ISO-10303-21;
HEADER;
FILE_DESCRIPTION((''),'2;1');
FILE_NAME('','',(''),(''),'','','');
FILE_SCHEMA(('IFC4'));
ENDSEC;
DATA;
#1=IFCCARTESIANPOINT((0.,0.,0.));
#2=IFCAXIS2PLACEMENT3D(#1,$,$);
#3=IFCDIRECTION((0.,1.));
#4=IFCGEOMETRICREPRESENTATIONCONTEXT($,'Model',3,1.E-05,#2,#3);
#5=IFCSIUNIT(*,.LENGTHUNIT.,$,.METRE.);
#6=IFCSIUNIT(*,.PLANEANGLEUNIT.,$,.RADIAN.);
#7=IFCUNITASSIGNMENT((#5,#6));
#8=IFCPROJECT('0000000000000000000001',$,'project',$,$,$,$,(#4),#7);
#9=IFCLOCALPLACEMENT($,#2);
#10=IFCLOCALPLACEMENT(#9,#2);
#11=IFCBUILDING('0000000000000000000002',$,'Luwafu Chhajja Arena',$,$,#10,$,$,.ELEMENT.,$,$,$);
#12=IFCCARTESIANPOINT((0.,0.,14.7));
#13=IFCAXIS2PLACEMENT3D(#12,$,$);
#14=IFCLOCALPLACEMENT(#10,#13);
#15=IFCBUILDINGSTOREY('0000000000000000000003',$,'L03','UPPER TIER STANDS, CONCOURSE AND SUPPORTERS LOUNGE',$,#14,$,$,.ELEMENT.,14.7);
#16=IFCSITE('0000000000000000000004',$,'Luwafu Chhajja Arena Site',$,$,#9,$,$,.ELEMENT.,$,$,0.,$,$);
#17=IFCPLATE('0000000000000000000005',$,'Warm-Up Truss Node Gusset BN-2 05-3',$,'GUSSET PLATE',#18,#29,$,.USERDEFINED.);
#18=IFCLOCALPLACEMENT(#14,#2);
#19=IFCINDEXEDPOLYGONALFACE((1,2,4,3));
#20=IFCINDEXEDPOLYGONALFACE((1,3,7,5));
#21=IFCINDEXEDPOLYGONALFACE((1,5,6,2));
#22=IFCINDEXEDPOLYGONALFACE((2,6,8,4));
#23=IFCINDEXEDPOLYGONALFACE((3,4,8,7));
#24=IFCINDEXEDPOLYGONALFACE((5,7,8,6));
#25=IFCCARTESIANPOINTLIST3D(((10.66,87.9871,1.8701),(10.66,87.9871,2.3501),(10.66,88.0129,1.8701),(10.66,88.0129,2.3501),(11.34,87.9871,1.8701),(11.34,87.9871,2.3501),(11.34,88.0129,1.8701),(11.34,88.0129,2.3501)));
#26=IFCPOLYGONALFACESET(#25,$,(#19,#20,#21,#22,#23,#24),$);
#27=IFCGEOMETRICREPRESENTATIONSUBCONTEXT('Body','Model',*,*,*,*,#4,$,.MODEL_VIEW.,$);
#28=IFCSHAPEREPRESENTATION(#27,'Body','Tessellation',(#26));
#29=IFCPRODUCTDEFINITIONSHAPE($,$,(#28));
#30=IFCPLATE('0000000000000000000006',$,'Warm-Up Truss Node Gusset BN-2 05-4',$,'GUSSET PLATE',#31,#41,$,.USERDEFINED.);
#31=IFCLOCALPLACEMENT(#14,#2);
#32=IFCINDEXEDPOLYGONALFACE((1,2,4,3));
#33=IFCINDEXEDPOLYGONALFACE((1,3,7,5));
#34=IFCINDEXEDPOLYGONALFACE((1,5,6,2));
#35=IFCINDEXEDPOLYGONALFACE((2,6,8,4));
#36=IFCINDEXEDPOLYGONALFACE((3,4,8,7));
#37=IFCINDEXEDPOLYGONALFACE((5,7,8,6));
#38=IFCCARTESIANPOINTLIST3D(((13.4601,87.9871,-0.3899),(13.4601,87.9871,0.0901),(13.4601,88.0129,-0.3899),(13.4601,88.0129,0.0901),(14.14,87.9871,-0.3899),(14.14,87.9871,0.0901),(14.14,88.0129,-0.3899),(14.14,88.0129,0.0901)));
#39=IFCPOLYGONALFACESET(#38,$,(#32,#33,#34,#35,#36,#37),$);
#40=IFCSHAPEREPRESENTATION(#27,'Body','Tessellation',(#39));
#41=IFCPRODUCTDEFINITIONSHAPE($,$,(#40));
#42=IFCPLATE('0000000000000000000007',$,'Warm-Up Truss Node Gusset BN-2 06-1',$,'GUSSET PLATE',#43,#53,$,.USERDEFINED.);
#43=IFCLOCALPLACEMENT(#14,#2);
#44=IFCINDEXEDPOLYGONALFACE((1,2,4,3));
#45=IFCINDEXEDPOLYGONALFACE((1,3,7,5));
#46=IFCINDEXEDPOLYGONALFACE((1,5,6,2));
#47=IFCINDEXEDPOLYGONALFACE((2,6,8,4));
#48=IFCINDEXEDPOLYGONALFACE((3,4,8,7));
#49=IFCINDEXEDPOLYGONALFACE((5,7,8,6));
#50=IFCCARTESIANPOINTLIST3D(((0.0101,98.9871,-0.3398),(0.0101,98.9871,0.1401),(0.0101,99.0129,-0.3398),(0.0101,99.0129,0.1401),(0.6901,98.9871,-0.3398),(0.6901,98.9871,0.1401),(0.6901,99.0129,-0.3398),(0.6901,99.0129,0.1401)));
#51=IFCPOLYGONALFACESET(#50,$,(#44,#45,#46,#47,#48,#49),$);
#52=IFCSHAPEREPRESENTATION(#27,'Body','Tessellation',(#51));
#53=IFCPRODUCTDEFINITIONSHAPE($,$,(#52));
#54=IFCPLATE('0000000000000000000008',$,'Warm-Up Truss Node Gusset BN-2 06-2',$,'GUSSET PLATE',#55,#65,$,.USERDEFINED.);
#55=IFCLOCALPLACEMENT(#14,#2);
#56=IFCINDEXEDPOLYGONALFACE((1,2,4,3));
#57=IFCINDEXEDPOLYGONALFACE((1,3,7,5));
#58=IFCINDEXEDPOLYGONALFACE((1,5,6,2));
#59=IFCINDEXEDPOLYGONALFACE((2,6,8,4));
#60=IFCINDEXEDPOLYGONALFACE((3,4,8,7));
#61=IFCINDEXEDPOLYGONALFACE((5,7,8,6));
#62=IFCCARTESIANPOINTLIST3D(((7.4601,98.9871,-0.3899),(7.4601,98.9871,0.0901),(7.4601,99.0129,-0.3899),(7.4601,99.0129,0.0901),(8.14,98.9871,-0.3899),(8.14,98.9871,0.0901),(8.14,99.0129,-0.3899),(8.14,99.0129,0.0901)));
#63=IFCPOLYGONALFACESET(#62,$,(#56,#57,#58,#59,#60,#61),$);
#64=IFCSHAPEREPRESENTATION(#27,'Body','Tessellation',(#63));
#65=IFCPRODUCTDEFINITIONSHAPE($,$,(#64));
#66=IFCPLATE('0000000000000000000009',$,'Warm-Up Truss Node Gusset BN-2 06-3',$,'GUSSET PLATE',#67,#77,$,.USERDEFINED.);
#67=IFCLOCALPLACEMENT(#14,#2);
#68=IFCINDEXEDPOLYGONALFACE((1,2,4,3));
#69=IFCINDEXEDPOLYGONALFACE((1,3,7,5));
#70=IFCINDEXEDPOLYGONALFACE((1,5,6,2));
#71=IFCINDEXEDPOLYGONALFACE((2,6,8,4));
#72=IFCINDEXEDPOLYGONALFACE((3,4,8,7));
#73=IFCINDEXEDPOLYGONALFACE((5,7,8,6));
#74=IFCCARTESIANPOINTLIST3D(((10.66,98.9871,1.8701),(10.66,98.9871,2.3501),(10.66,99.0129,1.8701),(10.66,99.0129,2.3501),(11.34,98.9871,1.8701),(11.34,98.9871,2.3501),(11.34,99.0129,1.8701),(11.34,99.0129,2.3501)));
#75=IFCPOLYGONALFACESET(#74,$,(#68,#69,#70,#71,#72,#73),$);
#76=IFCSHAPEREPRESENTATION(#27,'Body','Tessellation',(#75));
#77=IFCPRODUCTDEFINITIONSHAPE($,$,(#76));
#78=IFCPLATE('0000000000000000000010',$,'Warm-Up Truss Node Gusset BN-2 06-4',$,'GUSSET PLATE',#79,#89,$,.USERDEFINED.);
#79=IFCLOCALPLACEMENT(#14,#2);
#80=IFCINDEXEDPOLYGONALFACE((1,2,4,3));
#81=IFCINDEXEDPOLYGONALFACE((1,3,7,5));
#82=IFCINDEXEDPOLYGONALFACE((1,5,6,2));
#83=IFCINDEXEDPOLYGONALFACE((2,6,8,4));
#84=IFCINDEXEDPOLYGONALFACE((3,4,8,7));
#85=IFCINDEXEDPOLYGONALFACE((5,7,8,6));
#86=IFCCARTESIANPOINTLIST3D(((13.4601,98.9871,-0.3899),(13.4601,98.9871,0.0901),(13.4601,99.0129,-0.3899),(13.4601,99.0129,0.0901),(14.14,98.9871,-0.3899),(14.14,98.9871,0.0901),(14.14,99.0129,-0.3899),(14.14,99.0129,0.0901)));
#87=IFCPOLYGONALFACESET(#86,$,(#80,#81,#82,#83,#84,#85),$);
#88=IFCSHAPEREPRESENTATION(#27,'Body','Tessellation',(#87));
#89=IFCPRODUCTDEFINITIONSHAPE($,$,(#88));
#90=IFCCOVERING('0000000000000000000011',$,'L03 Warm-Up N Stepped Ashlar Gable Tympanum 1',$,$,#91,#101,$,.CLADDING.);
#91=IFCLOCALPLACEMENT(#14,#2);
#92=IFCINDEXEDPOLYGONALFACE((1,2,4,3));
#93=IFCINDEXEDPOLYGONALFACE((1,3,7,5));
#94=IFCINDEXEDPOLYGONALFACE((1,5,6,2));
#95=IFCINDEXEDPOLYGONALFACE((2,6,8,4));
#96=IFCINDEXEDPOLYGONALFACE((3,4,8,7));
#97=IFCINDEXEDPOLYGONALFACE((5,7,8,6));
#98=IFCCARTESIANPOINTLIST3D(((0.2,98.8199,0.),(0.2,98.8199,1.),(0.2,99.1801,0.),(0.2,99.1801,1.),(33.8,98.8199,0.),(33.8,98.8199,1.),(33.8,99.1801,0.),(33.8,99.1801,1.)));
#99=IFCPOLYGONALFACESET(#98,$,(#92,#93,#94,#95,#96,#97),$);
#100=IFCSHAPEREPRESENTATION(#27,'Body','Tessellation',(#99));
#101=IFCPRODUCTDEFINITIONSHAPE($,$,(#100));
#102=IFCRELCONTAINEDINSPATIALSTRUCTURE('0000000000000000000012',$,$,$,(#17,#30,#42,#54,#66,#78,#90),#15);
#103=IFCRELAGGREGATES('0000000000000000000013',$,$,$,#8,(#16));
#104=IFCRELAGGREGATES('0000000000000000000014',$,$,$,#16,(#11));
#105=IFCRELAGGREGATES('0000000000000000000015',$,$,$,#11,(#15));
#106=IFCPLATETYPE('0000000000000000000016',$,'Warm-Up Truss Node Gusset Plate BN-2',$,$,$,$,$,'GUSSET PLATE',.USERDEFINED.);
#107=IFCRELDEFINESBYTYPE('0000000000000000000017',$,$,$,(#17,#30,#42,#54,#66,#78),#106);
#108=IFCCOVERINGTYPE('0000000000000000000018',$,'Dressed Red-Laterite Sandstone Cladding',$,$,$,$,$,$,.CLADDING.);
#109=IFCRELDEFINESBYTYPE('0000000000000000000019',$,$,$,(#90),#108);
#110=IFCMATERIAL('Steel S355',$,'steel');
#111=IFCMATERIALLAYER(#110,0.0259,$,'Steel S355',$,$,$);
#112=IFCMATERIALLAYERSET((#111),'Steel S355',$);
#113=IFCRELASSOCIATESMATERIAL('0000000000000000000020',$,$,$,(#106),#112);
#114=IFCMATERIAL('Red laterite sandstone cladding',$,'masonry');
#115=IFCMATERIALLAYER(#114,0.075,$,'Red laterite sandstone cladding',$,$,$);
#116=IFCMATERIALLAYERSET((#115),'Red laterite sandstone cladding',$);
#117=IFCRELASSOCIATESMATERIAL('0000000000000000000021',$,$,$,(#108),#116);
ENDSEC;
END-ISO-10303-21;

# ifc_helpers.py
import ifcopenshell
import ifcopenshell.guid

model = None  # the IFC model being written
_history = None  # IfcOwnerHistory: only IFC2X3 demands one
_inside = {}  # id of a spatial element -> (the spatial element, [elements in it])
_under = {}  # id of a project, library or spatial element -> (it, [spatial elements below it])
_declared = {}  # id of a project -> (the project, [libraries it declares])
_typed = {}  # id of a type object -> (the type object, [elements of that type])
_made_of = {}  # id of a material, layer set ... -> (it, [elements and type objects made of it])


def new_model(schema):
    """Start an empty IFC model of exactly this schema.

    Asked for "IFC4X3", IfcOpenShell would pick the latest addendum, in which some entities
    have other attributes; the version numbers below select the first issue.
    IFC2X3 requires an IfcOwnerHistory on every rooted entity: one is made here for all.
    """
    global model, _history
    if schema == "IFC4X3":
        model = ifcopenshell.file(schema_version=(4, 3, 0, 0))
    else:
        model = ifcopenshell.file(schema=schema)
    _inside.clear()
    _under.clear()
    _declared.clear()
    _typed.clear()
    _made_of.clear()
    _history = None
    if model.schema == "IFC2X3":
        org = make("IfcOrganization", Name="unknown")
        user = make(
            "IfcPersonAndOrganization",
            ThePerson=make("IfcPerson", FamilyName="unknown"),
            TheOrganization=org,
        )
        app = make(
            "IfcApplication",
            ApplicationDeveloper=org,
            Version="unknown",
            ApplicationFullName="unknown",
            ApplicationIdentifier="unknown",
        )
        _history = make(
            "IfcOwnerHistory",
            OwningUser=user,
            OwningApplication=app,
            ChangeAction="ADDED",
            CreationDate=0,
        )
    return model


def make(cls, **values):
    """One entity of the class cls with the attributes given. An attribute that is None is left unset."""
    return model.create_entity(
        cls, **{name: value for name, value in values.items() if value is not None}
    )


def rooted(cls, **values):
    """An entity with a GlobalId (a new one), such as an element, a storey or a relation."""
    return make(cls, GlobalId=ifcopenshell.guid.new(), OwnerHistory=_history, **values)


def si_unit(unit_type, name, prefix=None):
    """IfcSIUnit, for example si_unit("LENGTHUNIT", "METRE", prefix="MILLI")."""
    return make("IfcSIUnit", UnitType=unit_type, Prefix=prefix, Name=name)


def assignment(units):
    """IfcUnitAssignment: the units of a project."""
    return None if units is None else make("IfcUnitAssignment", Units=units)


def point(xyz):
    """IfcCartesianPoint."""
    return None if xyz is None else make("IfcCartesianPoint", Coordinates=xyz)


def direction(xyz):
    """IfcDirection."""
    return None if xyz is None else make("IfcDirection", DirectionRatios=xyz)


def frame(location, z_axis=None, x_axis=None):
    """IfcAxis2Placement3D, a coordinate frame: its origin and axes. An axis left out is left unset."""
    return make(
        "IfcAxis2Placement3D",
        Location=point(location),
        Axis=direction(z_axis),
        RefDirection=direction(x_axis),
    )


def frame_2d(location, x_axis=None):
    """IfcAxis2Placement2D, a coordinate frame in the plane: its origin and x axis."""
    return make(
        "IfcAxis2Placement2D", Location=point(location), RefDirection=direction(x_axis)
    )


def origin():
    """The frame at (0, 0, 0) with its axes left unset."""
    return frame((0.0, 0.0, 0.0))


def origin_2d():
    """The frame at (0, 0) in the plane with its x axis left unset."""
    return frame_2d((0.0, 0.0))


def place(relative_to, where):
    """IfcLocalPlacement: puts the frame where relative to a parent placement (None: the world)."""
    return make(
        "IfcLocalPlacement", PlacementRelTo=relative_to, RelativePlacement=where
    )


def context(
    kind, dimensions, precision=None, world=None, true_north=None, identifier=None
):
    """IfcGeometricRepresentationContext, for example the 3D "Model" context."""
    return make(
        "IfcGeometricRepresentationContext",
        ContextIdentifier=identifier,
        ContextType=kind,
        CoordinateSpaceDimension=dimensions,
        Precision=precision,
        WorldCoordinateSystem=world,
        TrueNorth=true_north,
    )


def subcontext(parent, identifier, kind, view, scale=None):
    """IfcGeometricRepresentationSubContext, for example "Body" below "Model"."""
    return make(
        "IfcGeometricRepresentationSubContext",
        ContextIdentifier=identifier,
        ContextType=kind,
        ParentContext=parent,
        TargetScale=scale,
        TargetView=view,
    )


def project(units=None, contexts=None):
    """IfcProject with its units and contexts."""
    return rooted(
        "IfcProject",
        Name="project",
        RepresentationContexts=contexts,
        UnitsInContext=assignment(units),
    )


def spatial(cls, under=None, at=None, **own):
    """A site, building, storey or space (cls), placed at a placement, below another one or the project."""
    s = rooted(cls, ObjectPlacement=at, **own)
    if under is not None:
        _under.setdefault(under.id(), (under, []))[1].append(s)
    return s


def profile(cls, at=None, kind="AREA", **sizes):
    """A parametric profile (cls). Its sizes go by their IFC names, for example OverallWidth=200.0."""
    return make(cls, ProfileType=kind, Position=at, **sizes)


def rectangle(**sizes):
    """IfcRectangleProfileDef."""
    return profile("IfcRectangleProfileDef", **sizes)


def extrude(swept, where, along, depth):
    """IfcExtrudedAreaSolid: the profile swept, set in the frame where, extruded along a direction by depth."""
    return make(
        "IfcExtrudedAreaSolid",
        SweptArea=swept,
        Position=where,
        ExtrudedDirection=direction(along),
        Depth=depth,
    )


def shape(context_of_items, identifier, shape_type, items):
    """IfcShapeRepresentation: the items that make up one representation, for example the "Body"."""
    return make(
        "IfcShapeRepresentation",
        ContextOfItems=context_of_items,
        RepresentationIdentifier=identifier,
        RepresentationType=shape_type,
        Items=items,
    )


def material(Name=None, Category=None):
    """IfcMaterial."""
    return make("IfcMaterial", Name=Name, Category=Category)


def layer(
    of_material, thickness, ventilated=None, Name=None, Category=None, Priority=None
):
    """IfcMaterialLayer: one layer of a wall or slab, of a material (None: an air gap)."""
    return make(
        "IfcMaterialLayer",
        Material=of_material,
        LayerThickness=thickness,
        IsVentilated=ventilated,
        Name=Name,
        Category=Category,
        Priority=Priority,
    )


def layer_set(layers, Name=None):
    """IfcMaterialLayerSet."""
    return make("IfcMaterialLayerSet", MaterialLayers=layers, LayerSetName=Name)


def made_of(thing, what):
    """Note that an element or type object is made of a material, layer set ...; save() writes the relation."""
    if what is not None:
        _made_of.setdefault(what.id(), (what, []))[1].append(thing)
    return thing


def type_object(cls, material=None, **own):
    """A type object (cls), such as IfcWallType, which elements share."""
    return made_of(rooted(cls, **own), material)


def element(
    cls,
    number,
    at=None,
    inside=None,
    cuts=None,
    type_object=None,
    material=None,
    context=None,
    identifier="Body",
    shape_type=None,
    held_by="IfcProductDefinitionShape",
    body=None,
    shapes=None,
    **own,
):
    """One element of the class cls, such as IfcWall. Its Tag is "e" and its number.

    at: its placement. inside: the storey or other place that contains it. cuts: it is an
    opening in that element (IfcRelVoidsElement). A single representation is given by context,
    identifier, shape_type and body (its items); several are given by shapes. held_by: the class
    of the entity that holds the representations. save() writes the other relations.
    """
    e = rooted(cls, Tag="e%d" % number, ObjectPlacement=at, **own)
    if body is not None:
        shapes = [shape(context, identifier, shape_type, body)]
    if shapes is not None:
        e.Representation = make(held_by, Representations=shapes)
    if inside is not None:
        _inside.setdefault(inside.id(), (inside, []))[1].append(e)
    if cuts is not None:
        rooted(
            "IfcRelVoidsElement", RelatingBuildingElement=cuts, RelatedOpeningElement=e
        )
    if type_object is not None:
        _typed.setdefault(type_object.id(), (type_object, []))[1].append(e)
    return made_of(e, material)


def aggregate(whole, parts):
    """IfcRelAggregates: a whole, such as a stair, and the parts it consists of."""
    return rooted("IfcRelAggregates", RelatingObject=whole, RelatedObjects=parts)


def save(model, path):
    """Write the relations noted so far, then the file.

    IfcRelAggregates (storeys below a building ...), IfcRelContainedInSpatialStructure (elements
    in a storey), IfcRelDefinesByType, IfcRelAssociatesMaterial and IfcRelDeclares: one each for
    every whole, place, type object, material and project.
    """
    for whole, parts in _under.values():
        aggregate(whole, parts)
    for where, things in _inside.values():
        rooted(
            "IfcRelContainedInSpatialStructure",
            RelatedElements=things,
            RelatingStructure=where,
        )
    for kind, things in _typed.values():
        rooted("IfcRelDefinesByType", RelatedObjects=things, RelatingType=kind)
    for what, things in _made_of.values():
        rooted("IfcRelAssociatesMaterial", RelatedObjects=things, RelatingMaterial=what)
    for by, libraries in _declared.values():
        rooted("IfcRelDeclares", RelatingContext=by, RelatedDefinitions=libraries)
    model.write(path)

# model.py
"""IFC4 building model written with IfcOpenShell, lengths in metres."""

from ifc_helpers import new_model, si_unit, direction, frame, origin, origin_2d, place, context, subcontext, project, spatial, rectangle, extrude, material, layer, layer_set, type_object, element, save


model = new_model("IFC4")

# Units and contexts
model_context = context("Model", 3, precision=1e-05, world=origin(), true_north=direction((0.0, 1.0)))
body_context = subcontext(model_context, "Body", "Model", "MODEL_VIEW")
ifc_project = project(units=[si_unit("LENGTHUNIT", "METRE"), si_unit("PLANEANGLEUNIT", "RADIAN")], contexts=[model_context])

# Site, building, storey
site_placement = place(None, origin())
site = spatial("IfcSite", under=ifc_project, at=site_placement, Name="Luwafu Chhajja Arena Site", CompositionType="ELEMENT", RefElevation=0.0)
building_placement = place(site_placement, origin())
building = spatial("IfcBuilding", under=site, at=building_placement, Name="Luwafu Chhajja Arena", CompositionType="ELEMENT")
storey_placement = place(building_placement, frame((0.0, 0.0, 14.7)))
storey = spatial("IfcBuildingStorey", under=building, at=storey_placement, Name="L03", Description="UPPER TIER STANDS, CONCOURSE AND SUPPORTERS LOUNGE", CompositionType="ELEMENT", Elevation=14.7)

# Shared definitions
ifc_material_1 = material(Name="Steel S355", Category="steel")

# Plates
ifc_layer_1 = layer(ifc_material_1, 0.0259, Name="Steel S355")
ifc_layer_set_1 = layer_set([ifc_layer_1], Name="Steel S355")
plate_type_1 = type_object("IfcPlateType", Name="Warm-Up Truss Node Gusset Plate BN-2", ElementType="GUSSET PLATE", PredefinedType="USERDEFINED", material=ifc_layer_set_1)
for number, where, z_axis, x_axis, name in (
    (1, (11.0, 88.0, 1.8701), (0.0, 0.0, 1.0), (1.0, 0.0, 0.0), "Warm-Up Truss Node Gusset BN-2 05-3"),
    (2, (13.8, 88.0, -0.3899), (0.0, 0.0, 1.0), (1.0, 0.0, 0.0), "Warm-Up Truss Node Gusset BN-2 05-4"),
    (3, (0.3501, 99.0, -0.3398), (0.0, 0.0, 1.0), (1.0, 0.0, 0.0), "Warm-Up Truss Node Gusset BN-2 06-1"),
    (4, (7.8, 99.0, -0.3899), (0.0, 0.0, 1.0), (1.0, 0.0, 0.0), "Warm-Up Truss Node Gusset BN-2 06-2"),
    (5, (11.0, 99.0, 1.8701), (0.0, 0.0, 1.0), (1.0, 0.0, 0.0), "Warm-Up Truss Node Gusset BN-2 06-3"),
    (6, (13.8, 99.0, -0.3899), (0.0, 0.0, 1.0), (1.0, 0.0, 0.0), "Warm-Up Truss Node Gusset BN-2 06-4"),
):
    element("IfcPlate", number, at=place(storey_placement, frame(where, z_axis=z_axis, x_axis=x_axis)), inside=storey, type_object=plate_type_1, Name=name, ObjectType="GUSSET PLATE", PredefinedType="USERDEFINED", context=body_context, shape_type="SweptSolid", body=[
        extrude(rectangle(XDim=0.6799, YDim=0.0259, at=origin_2d()), origin(), (0.0, 0.0, 1.0), 0.48),
    ])

# Covering
ifc_material_2 = material(Name="Red laterite sandstone cladding", Category="masonry")
ifc_layer_2 = layer(ifc_material_2, 0.075, Name="Red laterite sandstone cladding")
ifc_layer_set_2 = layer_set([ifc_layer_2], Name="Red laterite sandstone cladding")
covering_type = type_object("IfcCoveringType", Name="Dressed Red-Laterite Sandstone Cladding", PredefinedType="CLADDING", material=ifc_layer_set_2)
covering_placement = place(storey_placement, frame((17.0, 99.0, 0.0), z_axis=(0.0, 0.0, 1.0), x_axis=(1.0, 0.0, 0.0)))
element("IfcCovering", 7, at=covering_placement, inside=storey, type_object=covering_type, Name="L03 Warm-Up N Stepped Ashlar Gable Tympanum 1", PredefinedType="CLADDING", context=body_context, shape_type="SweptSolid", body=[
    extrude(rectangle(XDim=33.6001, YDim=0.3601, at=origin_2d()), origin(), (0.0, 0.0, 1.0), 1.0),
])

save(model, "model.ifc")
